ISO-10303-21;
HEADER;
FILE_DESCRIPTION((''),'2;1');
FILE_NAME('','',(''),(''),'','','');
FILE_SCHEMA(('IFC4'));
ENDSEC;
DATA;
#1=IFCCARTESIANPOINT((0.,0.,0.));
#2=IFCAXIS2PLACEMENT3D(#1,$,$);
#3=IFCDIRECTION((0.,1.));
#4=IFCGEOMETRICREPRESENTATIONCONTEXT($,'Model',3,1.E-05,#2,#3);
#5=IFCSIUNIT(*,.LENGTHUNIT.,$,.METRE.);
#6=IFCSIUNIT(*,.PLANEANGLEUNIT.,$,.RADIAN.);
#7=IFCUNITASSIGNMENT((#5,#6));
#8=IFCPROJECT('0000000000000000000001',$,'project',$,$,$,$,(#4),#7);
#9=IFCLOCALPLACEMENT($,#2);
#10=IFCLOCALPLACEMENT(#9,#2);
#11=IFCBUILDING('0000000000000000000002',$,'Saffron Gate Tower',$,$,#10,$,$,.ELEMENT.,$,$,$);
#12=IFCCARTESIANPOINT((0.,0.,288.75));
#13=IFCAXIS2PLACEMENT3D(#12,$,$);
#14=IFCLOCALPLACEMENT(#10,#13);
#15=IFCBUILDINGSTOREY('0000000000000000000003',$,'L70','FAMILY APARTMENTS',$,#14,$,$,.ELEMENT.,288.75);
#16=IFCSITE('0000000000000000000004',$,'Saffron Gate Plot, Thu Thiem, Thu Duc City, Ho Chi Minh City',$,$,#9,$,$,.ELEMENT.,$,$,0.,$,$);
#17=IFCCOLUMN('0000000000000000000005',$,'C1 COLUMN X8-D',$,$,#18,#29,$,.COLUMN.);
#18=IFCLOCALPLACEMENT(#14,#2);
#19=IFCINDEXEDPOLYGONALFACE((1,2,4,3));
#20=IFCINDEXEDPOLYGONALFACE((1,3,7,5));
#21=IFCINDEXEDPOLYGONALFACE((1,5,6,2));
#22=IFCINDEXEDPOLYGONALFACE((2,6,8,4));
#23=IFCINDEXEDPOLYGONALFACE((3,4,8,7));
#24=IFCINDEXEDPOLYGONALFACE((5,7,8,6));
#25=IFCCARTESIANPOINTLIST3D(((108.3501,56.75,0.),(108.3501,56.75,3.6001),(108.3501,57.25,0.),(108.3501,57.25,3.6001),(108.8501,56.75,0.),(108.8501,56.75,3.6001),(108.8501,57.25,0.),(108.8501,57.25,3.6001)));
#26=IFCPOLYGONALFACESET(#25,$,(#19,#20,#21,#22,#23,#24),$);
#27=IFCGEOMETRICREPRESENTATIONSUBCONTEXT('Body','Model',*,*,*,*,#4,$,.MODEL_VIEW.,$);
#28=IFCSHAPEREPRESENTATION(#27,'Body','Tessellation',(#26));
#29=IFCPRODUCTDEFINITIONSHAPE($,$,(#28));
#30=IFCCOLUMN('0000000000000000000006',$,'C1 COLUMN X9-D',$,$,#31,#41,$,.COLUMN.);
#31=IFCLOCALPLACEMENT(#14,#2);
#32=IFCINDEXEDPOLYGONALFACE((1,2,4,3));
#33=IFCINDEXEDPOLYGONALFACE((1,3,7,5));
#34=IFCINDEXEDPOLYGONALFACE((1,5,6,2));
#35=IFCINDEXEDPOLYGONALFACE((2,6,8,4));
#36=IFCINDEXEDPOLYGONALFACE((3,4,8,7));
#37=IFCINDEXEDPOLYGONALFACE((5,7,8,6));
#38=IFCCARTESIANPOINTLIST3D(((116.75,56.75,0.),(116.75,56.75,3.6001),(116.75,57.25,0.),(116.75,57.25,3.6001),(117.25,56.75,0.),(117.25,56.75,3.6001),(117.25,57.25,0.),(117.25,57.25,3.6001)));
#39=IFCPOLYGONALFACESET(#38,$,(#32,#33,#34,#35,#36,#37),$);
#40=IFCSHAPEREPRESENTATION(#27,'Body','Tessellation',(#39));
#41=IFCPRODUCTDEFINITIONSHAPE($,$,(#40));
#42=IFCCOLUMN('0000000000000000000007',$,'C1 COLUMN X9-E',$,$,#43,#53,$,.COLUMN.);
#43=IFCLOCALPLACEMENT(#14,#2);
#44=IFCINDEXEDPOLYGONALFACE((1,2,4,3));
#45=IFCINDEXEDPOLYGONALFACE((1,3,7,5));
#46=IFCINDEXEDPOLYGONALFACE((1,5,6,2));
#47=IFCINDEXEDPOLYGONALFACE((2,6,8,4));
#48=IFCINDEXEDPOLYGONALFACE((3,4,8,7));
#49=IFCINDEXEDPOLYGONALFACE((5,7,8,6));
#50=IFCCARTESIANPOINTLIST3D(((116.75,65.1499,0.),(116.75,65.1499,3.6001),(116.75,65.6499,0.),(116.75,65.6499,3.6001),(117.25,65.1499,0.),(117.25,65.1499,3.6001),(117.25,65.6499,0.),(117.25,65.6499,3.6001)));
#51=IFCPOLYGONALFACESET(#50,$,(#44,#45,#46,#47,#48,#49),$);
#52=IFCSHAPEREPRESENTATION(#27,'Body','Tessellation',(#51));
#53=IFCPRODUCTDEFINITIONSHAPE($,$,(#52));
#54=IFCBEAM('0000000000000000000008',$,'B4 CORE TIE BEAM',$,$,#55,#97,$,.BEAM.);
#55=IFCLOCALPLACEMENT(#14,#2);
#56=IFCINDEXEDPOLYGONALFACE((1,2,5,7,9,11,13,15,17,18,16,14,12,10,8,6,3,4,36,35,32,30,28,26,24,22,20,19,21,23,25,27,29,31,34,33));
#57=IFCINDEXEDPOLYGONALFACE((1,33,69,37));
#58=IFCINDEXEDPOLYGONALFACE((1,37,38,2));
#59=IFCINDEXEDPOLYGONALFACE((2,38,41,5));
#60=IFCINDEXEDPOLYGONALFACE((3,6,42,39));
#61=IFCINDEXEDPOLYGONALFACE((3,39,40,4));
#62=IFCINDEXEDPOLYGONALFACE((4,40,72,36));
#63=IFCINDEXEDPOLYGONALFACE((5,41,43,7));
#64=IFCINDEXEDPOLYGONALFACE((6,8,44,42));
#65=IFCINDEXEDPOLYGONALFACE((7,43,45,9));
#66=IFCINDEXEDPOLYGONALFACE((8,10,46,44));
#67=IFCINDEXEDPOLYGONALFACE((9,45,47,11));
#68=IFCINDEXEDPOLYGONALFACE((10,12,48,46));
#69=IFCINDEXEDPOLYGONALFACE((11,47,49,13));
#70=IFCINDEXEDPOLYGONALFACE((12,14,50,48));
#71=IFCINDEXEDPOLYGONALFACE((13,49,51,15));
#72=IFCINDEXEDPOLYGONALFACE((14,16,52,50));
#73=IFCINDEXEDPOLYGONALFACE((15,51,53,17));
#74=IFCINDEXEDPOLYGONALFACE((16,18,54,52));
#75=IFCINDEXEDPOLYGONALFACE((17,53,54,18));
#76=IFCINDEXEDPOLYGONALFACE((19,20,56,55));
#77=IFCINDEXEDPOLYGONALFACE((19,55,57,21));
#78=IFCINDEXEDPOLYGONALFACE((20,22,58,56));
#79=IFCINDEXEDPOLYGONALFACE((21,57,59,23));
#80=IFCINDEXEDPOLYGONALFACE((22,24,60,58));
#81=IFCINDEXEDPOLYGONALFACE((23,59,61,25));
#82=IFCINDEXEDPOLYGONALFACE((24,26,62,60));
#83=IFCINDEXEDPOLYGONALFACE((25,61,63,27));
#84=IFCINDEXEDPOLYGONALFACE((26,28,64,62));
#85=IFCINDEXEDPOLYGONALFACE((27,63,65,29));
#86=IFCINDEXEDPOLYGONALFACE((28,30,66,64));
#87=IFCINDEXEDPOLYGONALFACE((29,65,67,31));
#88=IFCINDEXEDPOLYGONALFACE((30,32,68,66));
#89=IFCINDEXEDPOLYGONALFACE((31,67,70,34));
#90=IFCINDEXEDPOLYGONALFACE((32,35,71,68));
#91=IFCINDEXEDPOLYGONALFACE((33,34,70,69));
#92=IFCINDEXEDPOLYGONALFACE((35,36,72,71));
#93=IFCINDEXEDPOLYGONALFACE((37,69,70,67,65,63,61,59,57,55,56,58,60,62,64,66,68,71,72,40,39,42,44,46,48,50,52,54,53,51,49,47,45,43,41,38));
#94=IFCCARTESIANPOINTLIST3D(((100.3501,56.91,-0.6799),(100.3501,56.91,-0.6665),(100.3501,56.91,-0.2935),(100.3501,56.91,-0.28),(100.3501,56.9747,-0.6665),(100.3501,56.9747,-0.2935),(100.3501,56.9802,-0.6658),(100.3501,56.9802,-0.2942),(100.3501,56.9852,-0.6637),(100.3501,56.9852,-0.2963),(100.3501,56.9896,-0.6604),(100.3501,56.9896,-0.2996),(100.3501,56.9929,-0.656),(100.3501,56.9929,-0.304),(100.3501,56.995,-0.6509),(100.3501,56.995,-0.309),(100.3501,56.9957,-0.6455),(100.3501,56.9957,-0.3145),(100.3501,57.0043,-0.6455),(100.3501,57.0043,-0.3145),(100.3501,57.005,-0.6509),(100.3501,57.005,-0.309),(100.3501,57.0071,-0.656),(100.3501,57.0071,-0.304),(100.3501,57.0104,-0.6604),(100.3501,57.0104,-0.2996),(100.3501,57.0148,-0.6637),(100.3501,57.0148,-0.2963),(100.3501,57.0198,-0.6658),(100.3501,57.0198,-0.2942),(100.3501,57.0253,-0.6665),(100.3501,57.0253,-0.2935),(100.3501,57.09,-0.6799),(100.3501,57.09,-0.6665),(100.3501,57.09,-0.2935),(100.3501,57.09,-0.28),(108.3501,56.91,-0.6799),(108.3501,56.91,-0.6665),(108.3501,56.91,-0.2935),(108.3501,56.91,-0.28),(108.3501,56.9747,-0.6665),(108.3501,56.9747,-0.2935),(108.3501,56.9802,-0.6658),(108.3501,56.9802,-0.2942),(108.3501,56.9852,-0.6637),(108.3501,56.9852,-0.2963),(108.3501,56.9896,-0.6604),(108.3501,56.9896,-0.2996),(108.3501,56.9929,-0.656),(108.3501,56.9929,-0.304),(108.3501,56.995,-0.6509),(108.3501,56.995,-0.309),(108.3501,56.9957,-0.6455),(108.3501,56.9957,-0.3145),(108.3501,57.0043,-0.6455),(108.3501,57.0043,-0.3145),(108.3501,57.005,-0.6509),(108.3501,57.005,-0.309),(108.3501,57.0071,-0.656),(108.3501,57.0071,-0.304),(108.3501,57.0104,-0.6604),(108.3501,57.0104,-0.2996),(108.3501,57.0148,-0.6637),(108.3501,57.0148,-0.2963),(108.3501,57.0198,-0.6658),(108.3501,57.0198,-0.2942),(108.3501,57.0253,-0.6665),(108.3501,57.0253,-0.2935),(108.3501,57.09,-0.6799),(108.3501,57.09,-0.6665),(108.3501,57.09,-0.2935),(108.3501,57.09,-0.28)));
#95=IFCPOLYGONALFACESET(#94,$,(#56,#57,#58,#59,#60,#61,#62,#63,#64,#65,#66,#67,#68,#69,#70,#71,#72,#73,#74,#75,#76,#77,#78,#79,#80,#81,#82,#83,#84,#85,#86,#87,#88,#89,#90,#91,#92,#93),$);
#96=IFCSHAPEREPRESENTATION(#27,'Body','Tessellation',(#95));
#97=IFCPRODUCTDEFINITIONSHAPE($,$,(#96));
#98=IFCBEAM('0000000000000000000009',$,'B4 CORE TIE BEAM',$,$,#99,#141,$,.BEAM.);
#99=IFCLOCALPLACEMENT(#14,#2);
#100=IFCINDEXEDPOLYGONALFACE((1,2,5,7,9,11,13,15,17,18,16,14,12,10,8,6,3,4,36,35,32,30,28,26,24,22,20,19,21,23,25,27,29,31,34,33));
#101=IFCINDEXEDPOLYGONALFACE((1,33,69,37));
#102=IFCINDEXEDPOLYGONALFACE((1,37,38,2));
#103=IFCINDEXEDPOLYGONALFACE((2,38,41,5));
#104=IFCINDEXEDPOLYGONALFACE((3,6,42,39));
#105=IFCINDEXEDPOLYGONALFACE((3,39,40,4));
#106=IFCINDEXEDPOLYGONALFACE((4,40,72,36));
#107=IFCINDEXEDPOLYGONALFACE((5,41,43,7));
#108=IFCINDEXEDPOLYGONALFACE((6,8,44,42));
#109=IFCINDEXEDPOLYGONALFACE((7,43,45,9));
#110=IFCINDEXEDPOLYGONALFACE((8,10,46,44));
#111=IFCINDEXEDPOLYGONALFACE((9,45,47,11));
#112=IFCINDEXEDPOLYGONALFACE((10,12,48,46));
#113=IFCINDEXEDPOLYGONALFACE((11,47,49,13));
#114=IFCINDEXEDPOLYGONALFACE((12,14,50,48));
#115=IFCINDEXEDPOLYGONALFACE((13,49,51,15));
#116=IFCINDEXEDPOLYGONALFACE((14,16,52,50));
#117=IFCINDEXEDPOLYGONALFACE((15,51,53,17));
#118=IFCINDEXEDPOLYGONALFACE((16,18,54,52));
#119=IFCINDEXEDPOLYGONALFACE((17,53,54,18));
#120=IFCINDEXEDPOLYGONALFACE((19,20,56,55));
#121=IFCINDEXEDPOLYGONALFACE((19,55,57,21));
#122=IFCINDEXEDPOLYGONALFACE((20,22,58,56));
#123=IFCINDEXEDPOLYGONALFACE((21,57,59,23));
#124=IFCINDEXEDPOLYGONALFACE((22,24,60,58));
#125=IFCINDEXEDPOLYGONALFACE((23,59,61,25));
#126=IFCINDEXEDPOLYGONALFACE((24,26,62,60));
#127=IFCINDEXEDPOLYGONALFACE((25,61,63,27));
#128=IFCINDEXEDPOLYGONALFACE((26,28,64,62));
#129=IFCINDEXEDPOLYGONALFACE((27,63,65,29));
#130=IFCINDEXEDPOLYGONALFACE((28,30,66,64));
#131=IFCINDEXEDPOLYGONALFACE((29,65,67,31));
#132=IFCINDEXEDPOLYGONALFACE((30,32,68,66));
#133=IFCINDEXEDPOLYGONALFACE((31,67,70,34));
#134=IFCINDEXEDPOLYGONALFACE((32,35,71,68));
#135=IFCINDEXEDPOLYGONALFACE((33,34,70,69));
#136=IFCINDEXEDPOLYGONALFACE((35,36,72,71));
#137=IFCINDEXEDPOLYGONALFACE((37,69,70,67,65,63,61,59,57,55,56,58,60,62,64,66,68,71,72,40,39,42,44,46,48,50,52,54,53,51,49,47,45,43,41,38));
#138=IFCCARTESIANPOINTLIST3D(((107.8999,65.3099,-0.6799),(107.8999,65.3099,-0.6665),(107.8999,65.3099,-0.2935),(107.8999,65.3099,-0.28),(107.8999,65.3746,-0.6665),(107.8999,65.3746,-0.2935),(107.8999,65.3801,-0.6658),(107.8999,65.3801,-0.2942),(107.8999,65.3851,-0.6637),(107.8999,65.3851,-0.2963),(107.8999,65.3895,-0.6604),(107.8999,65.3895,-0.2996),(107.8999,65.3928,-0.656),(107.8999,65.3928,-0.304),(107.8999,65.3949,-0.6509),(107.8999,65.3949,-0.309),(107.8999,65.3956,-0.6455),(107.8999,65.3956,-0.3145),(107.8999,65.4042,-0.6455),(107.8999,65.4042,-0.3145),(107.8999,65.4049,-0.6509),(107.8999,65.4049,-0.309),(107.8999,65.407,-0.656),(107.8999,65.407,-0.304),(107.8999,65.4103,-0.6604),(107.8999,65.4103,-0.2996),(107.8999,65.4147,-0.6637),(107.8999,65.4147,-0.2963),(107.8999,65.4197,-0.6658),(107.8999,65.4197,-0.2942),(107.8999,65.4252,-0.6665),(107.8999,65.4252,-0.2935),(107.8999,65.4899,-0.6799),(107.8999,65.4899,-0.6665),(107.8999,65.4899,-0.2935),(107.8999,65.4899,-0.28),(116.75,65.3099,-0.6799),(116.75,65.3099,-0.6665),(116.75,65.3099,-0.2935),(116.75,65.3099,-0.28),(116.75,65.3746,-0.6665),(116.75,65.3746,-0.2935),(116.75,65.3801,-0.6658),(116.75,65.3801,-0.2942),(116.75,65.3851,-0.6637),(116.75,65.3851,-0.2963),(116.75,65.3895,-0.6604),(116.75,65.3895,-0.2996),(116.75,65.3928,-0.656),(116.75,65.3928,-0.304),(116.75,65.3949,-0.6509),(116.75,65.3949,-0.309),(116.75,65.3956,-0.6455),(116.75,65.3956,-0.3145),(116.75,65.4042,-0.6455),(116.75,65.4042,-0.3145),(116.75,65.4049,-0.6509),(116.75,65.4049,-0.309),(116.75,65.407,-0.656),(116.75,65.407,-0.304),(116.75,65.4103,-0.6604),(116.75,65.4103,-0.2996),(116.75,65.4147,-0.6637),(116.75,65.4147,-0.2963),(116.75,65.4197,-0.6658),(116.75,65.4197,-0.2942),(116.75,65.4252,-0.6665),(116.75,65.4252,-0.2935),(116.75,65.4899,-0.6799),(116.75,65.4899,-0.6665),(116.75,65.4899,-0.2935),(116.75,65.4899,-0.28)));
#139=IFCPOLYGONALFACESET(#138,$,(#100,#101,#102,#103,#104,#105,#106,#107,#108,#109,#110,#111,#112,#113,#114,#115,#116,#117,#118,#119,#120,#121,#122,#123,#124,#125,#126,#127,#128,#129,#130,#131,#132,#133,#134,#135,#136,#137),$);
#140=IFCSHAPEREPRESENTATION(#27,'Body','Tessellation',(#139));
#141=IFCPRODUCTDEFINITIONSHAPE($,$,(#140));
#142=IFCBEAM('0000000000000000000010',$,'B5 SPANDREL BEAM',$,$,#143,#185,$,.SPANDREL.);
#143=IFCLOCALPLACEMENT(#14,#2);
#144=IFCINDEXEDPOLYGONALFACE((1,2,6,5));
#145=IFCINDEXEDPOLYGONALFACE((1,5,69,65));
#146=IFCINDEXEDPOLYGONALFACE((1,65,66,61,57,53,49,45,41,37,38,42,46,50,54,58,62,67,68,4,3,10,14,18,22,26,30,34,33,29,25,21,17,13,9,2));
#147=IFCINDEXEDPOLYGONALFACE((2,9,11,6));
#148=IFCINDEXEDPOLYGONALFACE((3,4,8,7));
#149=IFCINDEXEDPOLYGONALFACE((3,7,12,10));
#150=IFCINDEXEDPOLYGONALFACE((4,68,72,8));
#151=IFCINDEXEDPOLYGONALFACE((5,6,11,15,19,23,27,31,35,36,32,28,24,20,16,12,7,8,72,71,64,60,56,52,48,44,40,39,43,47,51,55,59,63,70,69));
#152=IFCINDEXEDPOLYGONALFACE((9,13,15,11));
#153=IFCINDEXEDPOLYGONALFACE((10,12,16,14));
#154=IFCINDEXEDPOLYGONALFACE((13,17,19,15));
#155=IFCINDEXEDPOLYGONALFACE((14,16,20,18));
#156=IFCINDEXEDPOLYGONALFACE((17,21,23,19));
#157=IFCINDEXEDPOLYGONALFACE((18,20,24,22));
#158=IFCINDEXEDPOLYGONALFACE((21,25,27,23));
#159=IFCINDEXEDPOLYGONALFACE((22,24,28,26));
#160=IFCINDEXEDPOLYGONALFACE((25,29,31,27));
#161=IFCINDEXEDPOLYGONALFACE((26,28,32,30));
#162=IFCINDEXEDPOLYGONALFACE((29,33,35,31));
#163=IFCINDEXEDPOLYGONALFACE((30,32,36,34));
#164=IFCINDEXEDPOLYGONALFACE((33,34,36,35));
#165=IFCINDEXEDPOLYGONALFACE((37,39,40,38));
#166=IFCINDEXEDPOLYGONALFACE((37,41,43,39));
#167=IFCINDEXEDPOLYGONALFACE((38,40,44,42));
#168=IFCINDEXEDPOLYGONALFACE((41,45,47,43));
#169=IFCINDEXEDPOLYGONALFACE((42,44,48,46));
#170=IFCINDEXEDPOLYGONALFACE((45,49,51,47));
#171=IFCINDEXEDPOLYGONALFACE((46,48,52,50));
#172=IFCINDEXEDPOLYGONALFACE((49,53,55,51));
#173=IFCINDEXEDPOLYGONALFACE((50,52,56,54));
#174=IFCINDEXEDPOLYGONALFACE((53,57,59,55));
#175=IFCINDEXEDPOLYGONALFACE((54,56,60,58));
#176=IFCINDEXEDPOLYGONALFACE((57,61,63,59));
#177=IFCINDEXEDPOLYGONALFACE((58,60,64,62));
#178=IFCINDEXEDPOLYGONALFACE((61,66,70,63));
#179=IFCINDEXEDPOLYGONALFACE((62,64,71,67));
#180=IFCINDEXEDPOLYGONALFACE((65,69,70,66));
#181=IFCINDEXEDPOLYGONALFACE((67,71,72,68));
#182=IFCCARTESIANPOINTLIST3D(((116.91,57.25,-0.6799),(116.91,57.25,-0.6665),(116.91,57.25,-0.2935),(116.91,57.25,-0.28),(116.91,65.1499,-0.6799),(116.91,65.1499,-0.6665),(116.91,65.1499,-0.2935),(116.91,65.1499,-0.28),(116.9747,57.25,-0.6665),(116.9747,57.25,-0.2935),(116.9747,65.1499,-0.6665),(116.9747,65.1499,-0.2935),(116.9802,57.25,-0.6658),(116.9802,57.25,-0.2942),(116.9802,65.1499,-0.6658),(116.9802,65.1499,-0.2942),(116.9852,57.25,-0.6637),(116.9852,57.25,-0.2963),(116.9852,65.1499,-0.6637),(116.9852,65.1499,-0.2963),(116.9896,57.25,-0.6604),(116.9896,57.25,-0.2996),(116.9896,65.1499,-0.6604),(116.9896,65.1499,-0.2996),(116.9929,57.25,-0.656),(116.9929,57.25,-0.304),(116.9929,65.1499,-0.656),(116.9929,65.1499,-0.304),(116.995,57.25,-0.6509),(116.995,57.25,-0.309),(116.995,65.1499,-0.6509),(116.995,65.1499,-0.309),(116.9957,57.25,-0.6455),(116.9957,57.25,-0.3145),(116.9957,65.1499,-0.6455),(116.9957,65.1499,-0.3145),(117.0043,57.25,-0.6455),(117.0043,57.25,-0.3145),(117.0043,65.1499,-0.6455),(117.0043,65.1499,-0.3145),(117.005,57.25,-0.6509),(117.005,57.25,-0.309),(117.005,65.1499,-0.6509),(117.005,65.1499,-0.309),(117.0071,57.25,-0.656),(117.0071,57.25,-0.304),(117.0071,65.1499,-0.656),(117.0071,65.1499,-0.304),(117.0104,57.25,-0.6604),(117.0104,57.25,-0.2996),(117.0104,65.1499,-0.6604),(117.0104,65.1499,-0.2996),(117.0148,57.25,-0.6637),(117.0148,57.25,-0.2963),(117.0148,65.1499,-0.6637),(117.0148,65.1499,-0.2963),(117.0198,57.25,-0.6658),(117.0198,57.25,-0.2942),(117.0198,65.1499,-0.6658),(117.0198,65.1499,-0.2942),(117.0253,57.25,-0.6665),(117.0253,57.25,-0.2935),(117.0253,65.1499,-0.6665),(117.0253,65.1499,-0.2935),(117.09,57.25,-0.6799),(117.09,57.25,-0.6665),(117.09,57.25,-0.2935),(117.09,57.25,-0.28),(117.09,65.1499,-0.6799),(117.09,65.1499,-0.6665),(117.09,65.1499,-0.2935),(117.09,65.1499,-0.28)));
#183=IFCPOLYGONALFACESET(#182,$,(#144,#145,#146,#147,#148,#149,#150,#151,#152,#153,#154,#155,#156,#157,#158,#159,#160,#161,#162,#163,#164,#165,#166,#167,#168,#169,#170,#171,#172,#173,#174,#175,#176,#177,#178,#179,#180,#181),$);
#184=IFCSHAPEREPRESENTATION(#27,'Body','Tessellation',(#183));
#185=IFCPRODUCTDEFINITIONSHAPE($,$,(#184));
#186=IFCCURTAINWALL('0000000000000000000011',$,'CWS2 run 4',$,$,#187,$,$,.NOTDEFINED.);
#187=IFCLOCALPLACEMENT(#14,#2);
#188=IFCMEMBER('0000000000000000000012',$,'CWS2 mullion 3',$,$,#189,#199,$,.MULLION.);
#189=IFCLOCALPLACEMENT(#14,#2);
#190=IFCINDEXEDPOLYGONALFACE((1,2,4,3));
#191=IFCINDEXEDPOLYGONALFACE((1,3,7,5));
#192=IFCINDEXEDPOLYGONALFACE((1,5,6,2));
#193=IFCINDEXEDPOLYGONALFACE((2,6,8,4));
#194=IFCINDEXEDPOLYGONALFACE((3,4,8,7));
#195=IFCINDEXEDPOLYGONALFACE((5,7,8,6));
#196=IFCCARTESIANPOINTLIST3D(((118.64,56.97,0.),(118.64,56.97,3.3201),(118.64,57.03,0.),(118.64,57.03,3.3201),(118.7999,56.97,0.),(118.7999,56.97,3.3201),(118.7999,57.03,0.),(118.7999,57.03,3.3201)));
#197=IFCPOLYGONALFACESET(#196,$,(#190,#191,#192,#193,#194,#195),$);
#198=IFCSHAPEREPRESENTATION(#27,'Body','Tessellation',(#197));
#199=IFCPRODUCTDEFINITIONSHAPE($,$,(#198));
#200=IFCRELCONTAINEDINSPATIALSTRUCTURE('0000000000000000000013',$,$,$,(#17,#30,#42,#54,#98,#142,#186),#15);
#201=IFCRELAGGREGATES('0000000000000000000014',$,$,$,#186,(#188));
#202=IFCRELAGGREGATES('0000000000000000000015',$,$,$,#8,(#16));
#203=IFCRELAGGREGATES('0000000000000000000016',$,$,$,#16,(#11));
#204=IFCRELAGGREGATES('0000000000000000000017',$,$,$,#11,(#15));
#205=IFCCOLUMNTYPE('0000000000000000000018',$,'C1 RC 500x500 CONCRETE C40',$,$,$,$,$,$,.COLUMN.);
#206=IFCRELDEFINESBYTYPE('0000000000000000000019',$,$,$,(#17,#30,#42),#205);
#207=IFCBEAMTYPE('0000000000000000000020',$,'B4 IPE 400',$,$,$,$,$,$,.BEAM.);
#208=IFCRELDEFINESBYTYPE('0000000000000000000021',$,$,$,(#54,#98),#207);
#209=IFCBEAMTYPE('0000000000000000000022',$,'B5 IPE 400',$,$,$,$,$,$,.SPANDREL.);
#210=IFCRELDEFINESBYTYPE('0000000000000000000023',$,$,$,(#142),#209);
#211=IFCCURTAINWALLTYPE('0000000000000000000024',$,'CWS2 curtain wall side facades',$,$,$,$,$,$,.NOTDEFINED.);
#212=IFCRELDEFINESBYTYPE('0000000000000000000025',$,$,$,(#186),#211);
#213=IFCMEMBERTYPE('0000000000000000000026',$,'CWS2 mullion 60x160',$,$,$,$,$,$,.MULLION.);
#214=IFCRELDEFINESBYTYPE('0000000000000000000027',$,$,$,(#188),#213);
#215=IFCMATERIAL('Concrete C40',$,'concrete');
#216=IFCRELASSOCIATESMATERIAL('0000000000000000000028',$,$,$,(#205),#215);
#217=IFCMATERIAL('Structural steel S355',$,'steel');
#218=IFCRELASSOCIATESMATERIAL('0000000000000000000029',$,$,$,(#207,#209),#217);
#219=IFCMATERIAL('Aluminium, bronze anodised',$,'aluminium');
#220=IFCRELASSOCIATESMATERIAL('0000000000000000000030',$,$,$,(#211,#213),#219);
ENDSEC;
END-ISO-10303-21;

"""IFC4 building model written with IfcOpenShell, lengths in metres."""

from ifc_helpers import new_model, si_unit, direction, frame, origin, origin_2d, place, context, subcontext, project, spatial, rectangle, i_section, extrude, material, material_profile, profile_set, type_object, element, aggregate, save


model = new_model("IFC4")

# Units and contexts
model_context = context("Model", 3, precision=1e-05, world=origin(), true_north=direction((0.0, 1.0)))
body_context = subcontext(model_context, "Body", "Model", "MODEL_VIEW")
ifc_project = project(units=[si_unit("LENGTHUNIT", "METRE"), si_unit("PLANEANGLEUNIT", "RADIAN")], contexts=[model_context])

# Site, building, storey
site_placement = place(None, origin())
site = spatial("IfcSite", under=ifc_project, at=site_placement, Name="Saffron Gate Plot, Thu Thiem, Thu Duc City, Ho Chi Minh City", CompositionType="ELEMENT", RefElevation=0.0)
building_placement = place(site_placement, origin())
building = spatial("IfcBuilding", under=site, at=building_placement, Name="Saffron Gate Tower", CompositionType="ELEMENT")
storey_placement = place(building_placement, frame((0.0, 0.0, 288.75)))
storey = spatial("IfcBuildingStorey", under=building, at=storey_placement, Name="L70", Description="FAMILY APARTMENTS", CompositionType="ELEMENT", Elevation=288.75)

# Columns
ifc_material_1 = material(Name="Concrete C40", Category="concrete")
ifc_material_profile_1 = material_profile(ifc_material_1, rectangle(XDim=0.5, YDim=0.5, at=origin_2d()))
ifc_profile_set_1 = profile_set([ifc_material_profile_1], Name="Concrete C40")
column_type = type_object("IfcColumnType", Name="C1 RC 500x500 CONCRETE C40", PredefinedType="COLUMN", material=ifc_profile_set_1)
for number, where, z_axis, x_axis, name in (
    (1, (108.6001, 57.0, 0.0), (0.0, 0.0, 1.0), (1.0, 0.0, 0.0), "C1 COLUMN X8-D"),
    (2, (117.0, 57.0, 0.0), (0.0, 0.0, 1.0), (1.0, 0.0, 0.0), "C1 COLUMN X9-D"),
    (3, (117.0, 65.3999, 0.0), (0.0, 0.0, 1.0), (1.0, 0.0, 0.0), "C1 COLUMN X9-E"),
):
    element("IfcColumn", number, at=place(storey_placement, frame(where, z_axis=z_axis, x_axis=x_axis)), inside=storey, type_object=column_type, Name=name, PredefinedType="COLUMN", context=body_context, shape_type="SweptSolid", body=[
        extrude(rectangle(XDim=0.5, YDim=0.5, at=origin_2d()), origin(), (0.0, 0.0, 1.0), 3.6001),
    ])

# Beams
ifc_material_2 = material(Name="Structural steel S355", Category="steel")
ifc_material_profile_2 = material_profile(ifc_material_2, i_section(OverallWidth=0.1799, OverallDepth=0.3999, WebThickness=0.0085, FlangeThickness=0.0134, FilletRadius=0.021, at=origin_2d()))
ifc_profile_set_2 = profile_set([ifc_material_profile_2], Name="Structural steel S355")
beam_type_1 = type_object("IfcBeamType", Name="B4 IPE 400", PredefinedType="BEAM", material=ifc_profile_set_2)
beam_1_placement = place(storey_placement, frame((108.3501, 57.0, -0.48), z_axis=(-1.0, 0.0, 0.0), x_axis=(0.0, -1.0, 0.0)))
element("IfcBeam", 4, at=beam_1_placement, inside=storey, type_object=beam_type_1, Name="B4 CORE TIE BEAM", PredefinedType="BEAM", context=body_context, shape_type="SweptSolid", body=[
    extrude(i_section(OverallWidth=0.1799, OverallDepth=0.3999, WebThickness=0.0085, FlangeThickness=0.0134, FilletRadius=0.021, at=origin_2d()), origin(), (0.0, 0.0, 1.0), 8.0),
])
beam_2_placement = place(storey_placement, frame((116.75, 65.3999, -0.48), z_axis=(-1.0, 0.0, 0.0), x_axis=(0.0, -1.0, 0.0)))
element("IfcBeam", 5, at=beam_2_placement, inside=storey, type_object=beam_type_1, Name="B4 CORE TIE BEAM", PredefinedType="BEAM", context=body_context, shape_type="SweptSolid", body=[
    extrude(i_section(OverallWidth=0.1799, OverallDepth=0.3999, WebThickness=0.0085, FlangeThickness=0.0134, FilletRadius=0.021, at=origin_2d()), origin(), (0.0, 0.0, 1.0), 8.8501),
])
ifc_material_profile_3 = material_profile(ifc_material_2, i_section(OverallWidth=0.1799, OverallDepth=0.3999, WebThickness=0.0085, FlangeThickness=0.0134, FilletRadius=0.021, at=origin_2d()))
ifc_profile_set_3 = profile_set([ifc_material_profile_3], Name="Structural steel S355")
beam_type_2 = type_object("IfcBeamType", Name="B5 IPE 400", PredefinedType="SPANDREL", material=ifc_profile_set_3)
beam_3_placement = place(storey_placement, frame((117.0, 57.25, -0.48), z_axis=(0.0, 1.0, 0.0), x_axis=(-1.0, 0.0, 0.0)))
element("IfcBeam", 6, at=beam_3_placement, inside=storey, type_object=beam_type_2, Name="B5 SPANDREL BEAM", PredefinedType="SPANDREL", context=body_context, shape_type="SweptSolid", body=[
    extrude(i_section(OverallWidth=0.1799, OverallDepth=0.3999, WebThickness=0.0085, FlangeThickness=0.0134, FilletRadius=0.021, at=origin_2d()), origin(), (0.0, 0.0, 1.0), 7.8999),
])

# Curtain wall, member
ifc_material_3 = material(Name="Aluminium, bronze anodised", Category="aluminium")
curtain_wall_type = type_object("IfcCurtainWallType", Name="CWS2 curtain wall side facades", PredefinedType="NOTDEFINED", material=ifc_material_3)
curtain_wall_placement = place(storey_placement, origin())
curtain_wall = element("IfcCurtainWall", 7, at=curtain_wall_placement, inside=storey, type_object=curtain_wall_type, Name="CWS2 run 4", PredefinedType="NOTDEFINED")
ifc_material_profile_4 = material_profile(ifc_material_3, rectangle(XDim=0.1599, YDim=0.0601, at=origin_2d()))
ifc_profile_set_4 = profile_set([ifc_material_profile_4], Name="Aluminium, bronze anodised")
member_type = type_object("IfcMemberType", Name="CWS2 mullion 60x160", PredefinedType="MULLION", material=ifc_profile_set_4)
member_1_placement = place(storey_placement, frame((118.72, 57.0, 0.0), z_axis=(0.0, 0.0, 1.0), x_axis=(-1.0, 0.0, 0.0)))
member_1 = element("IfcMember", 8, at=member_1_placement, type_object=member_type, Name="CWS2 mullion 3", PredefinedType="MULLION", context=body_context, shape_type="SweptSolid", body=[
    extrude(rectangle(XDim=0.1599, YDim=0.0601, at=origin_2d()), origin(), (0.0, 0.0, 1.0), 3.3201),
])
aggregate(curtain_wall, [member_1])

save(model, "model.ifc")
